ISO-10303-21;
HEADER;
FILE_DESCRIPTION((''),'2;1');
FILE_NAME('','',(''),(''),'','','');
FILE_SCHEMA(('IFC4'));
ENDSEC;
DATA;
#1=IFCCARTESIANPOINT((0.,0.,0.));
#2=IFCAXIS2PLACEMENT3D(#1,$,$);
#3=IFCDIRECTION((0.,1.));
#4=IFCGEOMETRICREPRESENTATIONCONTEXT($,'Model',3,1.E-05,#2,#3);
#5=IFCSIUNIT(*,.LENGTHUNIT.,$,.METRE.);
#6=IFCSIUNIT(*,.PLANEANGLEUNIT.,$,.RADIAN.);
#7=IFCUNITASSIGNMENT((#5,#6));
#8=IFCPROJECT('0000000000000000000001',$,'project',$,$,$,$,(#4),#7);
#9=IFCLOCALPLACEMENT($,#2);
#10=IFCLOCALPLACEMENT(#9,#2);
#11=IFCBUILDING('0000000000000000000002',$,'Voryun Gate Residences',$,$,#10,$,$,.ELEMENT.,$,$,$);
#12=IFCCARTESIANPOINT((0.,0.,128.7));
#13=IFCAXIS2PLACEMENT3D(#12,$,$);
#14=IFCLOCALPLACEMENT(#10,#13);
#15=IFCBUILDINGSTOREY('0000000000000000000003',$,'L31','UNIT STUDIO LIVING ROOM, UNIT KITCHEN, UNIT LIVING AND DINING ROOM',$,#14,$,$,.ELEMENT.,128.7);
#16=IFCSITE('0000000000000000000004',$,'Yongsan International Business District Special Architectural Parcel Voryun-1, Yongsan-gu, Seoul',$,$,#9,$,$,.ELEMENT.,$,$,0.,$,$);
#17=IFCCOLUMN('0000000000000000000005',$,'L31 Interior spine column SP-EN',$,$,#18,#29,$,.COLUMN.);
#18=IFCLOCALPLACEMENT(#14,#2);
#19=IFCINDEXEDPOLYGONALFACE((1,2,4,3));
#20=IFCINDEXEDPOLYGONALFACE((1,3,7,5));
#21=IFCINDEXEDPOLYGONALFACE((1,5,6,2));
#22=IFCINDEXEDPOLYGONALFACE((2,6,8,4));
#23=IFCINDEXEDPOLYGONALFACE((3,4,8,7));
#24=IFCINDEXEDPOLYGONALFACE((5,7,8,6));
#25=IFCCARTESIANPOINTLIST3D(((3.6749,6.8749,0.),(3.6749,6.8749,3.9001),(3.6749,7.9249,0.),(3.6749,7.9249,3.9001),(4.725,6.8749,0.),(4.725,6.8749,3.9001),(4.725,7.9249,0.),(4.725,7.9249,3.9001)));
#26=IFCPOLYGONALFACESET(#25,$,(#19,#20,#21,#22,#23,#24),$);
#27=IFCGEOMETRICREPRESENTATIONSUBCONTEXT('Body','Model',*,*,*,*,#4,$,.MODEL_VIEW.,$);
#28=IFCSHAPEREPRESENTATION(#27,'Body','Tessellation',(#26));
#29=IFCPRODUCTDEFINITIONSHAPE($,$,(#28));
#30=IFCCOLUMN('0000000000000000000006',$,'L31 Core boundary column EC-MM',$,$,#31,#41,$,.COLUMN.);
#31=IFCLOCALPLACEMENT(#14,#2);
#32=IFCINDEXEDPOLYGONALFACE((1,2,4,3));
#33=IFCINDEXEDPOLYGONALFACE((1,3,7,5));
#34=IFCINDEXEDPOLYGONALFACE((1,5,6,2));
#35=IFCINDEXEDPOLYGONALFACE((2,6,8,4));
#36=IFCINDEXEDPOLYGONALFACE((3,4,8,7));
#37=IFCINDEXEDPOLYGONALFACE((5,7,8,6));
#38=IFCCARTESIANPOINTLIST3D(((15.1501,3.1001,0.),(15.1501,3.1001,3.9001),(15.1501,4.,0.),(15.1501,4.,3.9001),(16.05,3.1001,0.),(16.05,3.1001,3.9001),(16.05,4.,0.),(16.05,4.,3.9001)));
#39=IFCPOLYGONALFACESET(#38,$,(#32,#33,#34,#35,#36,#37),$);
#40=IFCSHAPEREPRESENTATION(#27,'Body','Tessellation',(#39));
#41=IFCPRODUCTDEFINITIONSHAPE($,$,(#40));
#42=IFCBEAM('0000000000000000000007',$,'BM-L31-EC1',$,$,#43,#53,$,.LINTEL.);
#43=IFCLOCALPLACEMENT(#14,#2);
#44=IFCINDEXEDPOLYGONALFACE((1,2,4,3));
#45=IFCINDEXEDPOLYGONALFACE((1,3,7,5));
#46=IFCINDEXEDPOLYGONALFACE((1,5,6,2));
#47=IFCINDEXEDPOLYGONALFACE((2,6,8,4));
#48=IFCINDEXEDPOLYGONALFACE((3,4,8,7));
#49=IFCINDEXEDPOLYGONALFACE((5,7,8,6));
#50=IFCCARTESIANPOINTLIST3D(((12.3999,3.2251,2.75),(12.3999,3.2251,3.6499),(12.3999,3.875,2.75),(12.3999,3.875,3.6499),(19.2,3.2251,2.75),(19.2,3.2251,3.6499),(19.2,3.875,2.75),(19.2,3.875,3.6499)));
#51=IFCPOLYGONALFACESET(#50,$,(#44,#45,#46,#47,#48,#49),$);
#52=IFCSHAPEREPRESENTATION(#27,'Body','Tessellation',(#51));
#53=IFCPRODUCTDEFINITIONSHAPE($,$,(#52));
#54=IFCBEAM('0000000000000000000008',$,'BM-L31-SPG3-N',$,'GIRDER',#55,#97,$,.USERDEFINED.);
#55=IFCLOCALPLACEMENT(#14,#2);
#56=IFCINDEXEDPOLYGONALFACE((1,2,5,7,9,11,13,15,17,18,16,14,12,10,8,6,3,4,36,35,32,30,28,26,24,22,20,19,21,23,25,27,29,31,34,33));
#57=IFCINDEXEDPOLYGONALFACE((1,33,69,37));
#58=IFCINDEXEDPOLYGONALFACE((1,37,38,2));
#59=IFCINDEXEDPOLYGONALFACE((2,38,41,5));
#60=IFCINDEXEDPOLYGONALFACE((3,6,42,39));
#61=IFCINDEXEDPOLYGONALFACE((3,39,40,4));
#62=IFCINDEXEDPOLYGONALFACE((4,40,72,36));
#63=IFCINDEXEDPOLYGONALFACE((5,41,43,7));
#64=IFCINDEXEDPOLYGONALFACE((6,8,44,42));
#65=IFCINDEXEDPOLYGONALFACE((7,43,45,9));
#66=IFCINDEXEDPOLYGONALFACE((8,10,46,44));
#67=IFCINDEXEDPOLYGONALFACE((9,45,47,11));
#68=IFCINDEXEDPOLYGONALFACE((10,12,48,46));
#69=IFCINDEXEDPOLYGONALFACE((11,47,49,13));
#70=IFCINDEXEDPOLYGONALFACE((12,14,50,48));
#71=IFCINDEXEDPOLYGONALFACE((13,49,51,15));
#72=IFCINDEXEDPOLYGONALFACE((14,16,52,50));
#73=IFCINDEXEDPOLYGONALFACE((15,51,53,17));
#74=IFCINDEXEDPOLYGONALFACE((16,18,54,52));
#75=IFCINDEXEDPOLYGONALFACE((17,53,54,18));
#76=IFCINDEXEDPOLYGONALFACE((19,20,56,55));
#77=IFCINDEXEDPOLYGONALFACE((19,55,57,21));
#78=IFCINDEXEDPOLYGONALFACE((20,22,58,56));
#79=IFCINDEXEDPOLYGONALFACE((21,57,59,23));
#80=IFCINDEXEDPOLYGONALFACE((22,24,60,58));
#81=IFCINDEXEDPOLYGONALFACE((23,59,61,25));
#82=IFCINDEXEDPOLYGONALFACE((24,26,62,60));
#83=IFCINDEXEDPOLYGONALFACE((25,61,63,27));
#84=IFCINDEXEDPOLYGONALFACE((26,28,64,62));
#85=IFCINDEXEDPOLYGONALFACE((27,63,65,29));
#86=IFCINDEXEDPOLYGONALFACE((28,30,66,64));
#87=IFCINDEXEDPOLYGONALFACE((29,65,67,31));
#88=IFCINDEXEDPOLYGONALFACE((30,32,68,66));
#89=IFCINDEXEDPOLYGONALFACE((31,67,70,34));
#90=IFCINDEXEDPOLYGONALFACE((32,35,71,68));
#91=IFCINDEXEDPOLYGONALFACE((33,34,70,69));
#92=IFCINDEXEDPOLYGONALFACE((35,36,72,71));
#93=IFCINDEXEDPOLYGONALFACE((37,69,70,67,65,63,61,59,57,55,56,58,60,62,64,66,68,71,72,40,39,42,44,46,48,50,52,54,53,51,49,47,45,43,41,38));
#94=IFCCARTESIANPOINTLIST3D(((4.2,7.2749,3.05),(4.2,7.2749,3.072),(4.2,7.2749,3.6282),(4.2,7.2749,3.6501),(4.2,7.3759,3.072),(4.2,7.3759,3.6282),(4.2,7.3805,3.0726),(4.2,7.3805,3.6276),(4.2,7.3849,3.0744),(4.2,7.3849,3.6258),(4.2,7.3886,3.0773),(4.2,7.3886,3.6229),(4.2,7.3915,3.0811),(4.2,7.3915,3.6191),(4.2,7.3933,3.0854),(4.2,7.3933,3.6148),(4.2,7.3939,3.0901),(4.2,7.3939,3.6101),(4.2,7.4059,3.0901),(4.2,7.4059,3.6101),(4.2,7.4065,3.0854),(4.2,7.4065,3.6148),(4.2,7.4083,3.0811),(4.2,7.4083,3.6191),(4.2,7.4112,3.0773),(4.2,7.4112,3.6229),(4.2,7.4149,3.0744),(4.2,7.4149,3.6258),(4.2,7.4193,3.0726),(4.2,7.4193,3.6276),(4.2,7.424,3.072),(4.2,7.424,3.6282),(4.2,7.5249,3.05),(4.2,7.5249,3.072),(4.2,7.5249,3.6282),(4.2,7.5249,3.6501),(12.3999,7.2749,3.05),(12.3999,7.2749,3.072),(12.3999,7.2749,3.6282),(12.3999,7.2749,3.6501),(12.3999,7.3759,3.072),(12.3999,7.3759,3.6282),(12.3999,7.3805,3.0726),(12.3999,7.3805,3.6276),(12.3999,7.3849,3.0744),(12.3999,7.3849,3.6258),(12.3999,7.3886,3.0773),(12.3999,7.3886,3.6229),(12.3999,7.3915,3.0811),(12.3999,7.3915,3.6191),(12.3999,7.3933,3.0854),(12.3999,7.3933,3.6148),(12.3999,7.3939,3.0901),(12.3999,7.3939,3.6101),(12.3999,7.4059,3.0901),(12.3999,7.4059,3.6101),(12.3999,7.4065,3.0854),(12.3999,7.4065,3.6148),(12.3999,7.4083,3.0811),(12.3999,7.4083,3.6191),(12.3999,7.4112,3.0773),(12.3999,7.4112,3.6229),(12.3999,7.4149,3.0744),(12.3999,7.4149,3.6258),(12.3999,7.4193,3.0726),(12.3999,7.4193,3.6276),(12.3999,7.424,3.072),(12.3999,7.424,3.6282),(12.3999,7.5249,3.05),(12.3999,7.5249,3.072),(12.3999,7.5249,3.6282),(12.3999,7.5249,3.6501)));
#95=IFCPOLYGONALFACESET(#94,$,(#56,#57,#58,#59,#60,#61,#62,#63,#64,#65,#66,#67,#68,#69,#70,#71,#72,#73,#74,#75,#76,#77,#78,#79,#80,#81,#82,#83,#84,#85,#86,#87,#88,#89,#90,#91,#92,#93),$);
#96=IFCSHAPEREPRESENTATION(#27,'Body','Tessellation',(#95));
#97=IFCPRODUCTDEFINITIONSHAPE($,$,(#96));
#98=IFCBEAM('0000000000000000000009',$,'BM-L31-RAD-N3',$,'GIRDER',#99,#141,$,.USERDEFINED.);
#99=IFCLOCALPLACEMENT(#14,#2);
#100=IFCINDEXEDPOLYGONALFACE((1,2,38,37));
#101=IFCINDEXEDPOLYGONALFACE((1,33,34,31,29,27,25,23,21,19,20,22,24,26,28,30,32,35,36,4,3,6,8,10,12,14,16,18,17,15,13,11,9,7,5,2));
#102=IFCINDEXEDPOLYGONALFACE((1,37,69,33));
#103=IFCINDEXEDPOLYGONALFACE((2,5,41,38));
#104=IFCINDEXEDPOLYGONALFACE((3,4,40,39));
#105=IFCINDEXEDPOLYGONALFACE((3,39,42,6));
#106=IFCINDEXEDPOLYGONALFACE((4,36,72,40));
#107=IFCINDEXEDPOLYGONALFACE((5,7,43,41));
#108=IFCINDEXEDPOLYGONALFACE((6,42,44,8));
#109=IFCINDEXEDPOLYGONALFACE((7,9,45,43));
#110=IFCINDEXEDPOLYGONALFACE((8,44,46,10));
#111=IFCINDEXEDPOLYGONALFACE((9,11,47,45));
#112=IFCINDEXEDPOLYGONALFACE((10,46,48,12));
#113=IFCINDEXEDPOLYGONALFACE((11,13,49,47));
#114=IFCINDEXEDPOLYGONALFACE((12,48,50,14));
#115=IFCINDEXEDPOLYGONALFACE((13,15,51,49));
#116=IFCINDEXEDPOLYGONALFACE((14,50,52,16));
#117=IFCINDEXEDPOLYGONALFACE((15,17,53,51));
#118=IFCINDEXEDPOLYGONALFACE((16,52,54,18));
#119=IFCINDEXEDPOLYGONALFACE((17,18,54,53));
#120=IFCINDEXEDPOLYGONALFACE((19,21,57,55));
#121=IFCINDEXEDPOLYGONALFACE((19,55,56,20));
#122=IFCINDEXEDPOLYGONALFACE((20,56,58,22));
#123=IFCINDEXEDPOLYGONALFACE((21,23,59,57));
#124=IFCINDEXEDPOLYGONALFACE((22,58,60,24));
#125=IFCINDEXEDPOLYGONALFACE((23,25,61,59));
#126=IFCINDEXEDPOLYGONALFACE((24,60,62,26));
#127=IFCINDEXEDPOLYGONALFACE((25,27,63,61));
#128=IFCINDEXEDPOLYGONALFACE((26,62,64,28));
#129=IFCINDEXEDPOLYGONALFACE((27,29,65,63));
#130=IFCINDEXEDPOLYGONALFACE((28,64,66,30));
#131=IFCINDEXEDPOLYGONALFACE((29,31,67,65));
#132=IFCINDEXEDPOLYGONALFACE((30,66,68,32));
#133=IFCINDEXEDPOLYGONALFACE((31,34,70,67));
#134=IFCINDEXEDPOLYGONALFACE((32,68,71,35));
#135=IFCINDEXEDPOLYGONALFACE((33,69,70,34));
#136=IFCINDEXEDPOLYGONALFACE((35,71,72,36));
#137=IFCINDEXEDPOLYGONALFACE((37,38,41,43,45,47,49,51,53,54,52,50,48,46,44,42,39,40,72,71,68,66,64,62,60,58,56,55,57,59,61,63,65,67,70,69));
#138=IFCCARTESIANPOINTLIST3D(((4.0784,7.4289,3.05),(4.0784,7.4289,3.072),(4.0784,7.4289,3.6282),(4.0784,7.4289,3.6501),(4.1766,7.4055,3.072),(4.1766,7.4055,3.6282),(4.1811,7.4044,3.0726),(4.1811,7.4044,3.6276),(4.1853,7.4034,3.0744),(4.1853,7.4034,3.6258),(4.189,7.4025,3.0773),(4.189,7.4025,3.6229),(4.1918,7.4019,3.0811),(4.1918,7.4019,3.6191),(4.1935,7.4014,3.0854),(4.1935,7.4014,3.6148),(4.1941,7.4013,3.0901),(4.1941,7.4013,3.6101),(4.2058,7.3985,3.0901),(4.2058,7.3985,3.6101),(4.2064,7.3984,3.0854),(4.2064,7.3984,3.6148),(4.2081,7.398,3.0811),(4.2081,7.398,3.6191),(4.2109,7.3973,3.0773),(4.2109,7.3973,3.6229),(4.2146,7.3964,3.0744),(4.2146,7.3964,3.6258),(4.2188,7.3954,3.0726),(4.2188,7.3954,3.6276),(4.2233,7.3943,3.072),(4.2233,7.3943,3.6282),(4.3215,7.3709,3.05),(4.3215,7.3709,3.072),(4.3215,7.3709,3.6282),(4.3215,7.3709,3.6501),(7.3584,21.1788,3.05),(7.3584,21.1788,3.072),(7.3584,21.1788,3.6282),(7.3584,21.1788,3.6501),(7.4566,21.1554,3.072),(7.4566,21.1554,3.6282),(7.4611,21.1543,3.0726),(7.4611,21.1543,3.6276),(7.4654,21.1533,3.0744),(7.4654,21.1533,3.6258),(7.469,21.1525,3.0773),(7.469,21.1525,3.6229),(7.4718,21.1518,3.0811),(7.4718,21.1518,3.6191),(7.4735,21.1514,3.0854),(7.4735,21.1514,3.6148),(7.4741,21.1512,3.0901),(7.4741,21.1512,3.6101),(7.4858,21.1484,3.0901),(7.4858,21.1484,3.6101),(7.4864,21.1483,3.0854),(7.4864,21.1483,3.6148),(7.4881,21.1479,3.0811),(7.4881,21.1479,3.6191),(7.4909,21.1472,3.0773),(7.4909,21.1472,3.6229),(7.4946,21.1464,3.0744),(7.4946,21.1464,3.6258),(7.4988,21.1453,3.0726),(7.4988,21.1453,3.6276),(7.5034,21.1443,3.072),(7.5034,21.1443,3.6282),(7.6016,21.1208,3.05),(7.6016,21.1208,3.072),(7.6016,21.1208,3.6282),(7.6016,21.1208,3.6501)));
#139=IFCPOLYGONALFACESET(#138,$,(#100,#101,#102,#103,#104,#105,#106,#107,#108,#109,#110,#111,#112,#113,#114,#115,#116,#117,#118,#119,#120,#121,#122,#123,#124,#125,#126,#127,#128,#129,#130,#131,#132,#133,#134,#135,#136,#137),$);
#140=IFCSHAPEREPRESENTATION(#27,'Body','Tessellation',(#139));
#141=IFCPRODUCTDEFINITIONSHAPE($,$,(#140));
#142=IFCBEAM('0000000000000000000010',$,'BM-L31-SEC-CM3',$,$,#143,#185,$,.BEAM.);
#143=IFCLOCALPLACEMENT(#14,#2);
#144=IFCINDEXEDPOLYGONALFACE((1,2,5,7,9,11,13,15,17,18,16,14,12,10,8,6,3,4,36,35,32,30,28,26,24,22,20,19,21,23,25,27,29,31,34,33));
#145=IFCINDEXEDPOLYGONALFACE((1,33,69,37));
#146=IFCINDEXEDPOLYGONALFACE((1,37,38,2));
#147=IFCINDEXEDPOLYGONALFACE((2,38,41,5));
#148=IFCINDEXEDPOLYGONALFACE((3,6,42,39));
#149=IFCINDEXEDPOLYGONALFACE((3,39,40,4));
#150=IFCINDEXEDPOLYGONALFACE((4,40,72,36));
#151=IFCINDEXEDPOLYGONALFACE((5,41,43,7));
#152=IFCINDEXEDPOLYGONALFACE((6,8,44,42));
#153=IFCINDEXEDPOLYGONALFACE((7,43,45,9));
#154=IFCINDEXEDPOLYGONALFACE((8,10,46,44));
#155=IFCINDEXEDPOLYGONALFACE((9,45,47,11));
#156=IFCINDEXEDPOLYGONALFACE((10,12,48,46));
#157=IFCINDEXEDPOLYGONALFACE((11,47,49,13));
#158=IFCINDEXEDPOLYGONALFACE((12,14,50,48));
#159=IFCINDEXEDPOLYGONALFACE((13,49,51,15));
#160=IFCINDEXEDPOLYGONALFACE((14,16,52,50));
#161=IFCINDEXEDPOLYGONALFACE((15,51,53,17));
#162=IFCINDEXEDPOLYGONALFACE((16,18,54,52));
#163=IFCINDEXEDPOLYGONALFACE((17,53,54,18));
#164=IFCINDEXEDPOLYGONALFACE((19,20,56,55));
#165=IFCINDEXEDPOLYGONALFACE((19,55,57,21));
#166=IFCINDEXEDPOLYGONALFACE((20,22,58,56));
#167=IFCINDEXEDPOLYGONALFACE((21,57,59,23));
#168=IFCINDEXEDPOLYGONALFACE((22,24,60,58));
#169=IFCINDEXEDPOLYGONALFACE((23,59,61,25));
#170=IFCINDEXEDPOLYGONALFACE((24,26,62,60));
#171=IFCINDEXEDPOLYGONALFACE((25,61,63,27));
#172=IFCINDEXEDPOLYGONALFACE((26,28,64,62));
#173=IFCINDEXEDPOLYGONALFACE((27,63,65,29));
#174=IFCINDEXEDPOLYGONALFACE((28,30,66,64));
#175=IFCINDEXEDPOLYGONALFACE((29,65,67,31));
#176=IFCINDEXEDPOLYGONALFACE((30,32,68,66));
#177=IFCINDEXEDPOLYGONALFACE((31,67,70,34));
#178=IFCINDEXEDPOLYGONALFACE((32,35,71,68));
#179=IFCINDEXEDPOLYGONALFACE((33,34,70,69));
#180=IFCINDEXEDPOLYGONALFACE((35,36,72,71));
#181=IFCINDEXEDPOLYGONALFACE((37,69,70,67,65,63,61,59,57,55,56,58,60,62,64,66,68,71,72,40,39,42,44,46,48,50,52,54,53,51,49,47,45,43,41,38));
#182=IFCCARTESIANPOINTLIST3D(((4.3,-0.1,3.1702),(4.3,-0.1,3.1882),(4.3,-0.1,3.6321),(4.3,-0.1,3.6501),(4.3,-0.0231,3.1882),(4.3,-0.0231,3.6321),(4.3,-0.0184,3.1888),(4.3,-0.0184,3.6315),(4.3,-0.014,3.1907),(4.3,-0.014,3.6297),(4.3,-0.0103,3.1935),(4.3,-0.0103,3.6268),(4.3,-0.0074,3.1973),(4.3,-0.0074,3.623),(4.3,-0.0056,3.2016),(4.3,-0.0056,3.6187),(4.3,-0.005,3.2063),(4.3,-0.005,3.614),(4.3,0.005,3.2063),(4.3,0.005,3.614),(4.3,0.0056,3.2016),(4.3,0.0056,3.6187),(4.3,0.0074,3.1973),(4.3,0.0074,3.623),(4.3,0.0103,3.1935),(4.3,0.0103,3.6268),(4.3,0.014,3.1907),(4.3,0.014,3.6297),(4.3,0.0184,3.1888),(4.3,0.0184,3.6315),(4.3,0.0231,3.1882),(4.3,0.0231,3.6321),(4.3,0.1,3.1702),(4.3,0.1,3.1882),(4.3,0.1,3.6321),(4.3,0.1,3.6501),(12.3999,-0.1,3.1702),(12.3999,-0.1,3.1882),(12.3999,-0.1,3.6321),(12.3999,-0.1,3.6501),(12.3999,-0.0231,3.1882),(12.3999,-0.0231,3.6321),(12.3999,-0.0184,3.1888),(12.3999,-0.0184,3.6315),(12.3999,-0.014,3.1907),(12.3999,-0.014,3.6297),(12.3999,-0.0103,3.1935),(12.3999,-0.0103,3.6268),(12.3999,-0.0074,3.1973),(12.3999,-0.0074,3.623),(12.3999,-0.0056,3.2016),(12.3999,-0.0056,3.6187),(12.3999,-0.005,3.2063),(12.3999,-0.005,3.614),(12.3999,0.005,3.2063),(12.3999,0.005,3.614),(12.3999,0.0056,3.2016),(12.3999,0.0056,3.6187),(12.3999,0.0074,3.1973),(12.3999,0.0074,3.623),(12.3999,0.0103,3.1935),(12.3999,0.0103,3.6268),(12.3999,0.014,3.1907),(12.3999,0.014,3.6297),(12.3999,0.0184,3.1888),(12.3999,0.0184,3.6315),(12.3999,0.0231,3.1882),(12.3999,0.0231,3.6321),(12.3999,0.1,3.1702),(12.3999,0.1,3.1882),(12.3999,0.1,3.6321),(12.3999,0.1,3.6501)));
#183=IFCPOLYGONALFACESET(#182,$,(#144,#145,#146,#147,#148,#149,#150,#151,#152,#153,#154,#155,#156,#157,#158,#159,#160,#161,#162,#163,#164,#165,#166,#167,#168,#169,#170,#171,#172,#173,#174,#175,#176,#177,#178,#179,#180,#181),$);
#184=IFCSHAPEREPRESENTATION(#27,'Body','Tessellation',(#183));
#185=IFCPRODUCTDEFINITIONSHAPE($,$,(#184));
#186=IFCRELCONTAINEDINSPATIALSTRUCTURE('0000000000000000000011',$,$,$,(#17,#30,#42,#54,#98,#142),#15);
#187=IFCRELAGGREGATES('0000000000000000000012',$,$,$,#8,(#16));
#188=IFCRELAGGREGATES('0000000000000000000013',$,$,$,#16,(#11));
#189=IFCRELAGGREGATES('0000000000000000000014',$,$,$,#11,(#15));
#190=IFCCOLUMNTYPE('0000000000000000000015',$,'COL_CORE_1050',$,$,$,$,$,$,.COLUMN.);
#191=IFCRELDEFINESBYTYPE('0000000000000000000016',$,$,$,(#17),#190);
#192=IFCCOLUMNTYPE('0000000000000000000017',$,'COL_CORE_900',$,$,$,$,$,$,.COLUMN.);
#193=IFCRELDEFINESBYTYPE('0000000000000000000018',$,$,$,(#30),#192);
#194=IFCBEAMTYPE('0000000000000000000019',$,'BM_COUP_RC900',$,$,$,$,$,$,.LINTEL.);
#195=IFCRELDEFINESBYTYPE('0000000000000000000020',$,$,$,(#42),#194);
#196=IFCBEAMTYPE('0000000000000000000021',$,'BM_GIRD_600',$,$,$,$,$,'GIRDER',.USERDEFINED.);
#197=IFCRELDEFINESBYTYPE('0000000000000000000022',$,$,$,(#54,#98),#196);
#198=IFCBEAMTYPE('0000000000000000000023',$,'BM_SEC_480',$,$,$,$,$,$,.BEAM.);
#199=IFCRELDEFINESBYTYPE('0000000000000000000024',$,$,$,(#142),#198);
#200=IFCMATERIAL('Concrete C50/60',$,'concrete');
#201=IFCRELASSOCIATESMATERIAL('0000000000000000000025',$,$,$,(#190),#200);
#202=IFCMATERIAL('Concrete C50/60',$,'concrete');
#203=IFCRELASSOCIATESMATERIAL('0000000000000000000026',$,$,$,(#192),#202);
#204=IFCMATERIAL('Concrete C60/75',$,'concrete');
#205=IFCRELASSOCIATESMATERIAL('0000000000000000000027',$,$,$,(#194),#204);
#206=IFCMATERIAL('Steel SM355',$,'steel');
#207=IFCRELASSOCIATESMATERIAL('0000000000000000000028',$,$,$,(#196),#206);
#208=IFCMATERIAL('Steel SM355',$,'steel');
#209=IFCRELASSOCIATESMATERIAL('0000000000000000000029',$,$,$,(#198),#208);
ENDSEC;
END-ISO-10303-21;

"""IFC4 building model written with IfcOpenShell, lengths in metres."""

from ifc_helpers import new_model, si_unit, direction, frame, origin, origin_2d, place, context, subcontext, project, spatial, rectangle, i_section, extrude, material, material_profile, profile_set, type_object, element, save


model = new_model("IFC4")

# Units and contexts
model_context = context("Model", 3, precision=1e-05, world=origin(), true_north=direction((0.0, 1.0)))
body_context = subcontext(model_context, "Body", "Model", "MODEL_VIEW")
ifc_project = project(units=[si_unit("LENGTHUNIT", "METRE"), si_unit("PLANEANGLEUNIT", "RADIAN")], contexts=[model_context])

# Site, building, storey
site_placement = place(None, origin())
site = spatial("IfcSite", under=ifc_project, at=site_placement, Name="Yongsan International Business District Special Architectural Parcel Voryun-1, Yongsan-gu, Seoul", CompositionType="ELEMENT", RefElevation=0.0)
building_placement = place(site_placement, origin())
building = spatial("IfcBuilding", under=site, at=building_placement, Name="Voryun Gate Residences", CompositionType="ELEMENT")
storey_placement = place(building_placement, frame((0.0, 0.0, 128.7)))
storey = spatial("IfcBuildingStorey", under=building, at=storey_placement, Name="L31", Description="UNIT STUDIO LIVING ROOM, UNIT KITCHEN, UNIT LIVING AND DINING ROOM", CompositionType="ELEMENT", Elevation=128.7)

# Columns
ifc_material_1 = material(Name="Concrete C50/60", Category="concrete")
ifc_material_profile_1 = material_profile(ifc_material_1, rectangle(XDim=1.05, YDim=1.05, at=origin_2d()), Name="RC-1050x1050")
ifc_profile_set_1 = profile_set([ifc_material_profile_1], Name="Concrete C50/60")
column_type_1 = type_object("IfcColumnType", Name="COL_CORE_1050", PredefinedType="COLUMN", material=ifc_profile_set_1)
column_1_placement = place(storey_placement, frame((4.2, 7.3999, 0.0), z_axis=(0.0, 0.0, 1.0), x_axis=(1.0, 0.0, 0.0)))
element("IfcColumn", 1, at=column_1_placement, inside=storey, type_object=column_type_1, Name="L31 Interior spine column SP-EN", PredefinedType="COLUMN", context=body_context, shape_type="SweptSolid", body=[
    extrude(rectangle(XDim=1.05, YDim=1.05, at=origin_2d()), origin(), (0.0, 0.0, 1.0), 3.9001),
])
ifc_material_2 = material(Name="Concrete C50/60", Category="concrete")
ifc_material_profile_2 = material_profile(ifc_material_2, rectangle(XDim=0.8999, YDim=0.8999, at=origin_2d()), Name="RC-900x900")
ifc_profile_set_2 = profile_set([ifc_material_profile_2], Name="Concrete C50/60")
column_type_2 = type_object("IfcColumnType", Name="COL_CORE_900", PredefinedType="COLUMN", material=ifc_profile_set_2)
column_2_placement = place(storey_placement, frame((15.6001, 3.55, 0.0), z_axis=(0.0, 0.0, 1.0), x_axis=(1.0, 0.0, 0.0)))
element("IfcColumn", 2, at=column_2_placement, inside=storey, type_object=column_type_2, Name="L31 Core boundary column EC-MM", PredefinedType="COLUMN", context=body_context, shape_type="SweptSolid", body=[
    extrude(rectangle(XDim=0.8999, YDim=0.8999, at=origin_2d()), origin(), (0.0, 0.0, 1.0), 3.9001),
])

# Beams
ifc_material_3 = material(Name="Concrete C60/75", Category="concrete")
ifc_material_profile_3 = material_profile(ifc_material_3, rectangle(XDim=0.6499, YDim=0.8999, at=origin_2d()), Name="RC-650x900")
ifc_profile_set_3 = profile_set([ifc_material_profile_3], Name="Concrete C60/75")
beam_type_1 = type_object("IfcBeamType", Name="BM_COUP_RC900", PredefinedType="LINTEL", material=ifc_profile_set_3)
beam_1_placement = place(storey_placement, frame((12.3999, 3.55, 3.2), z_axis=(1.0, 0.0, 0.0), x_axis=(0.0, 1.0, 0.0)))
element("IfcBeam", 3, at=beam_1_placement, inside=storey, type_object=beam_type_1, Name="BM-L31-EC1", PredefinedType="LINTEL", context=body_context, shape_type="SweptSolid", body=[
    extrude(rectangle(XDim=0.6499, YDim=0.8999, at=origin_2d()), origin(), (0.0, 0.0, 1.0), 6.8),
])
ifc_material_4 = material(Name="Steel SM355", Category="steel")
ifc_material_profile_4 = material_profile(ifc_material_4, i_section(OverallWidth=0.25, OverallDepth=0.6001, WebThickness=0.012, FlangeThickness=0.022, FilletRadius=0.0181, at=origin_2d()), Name="H-600x250x12x22")
ifc_profile_set_4 = profile_set([ifc_material_profile_4], Name="Steel SM355")
beam_type_2 = type_object("IfcBeamType", Name="BM_GIRD_600", ElementType="GIRDER", PredefinedType="USERDEFINED", material=ifc_profile_set_4)
beam_2_placement = place(storey_placement, frame((4.2, 7.3999, 3.3501), z_axis=(1.0, 0.0, 0.0), x_axis=(0.0, 1.0, 0.0)))
element("IfcBeam", 4, at=beam_2_placement, inside=storey, type_object=beam_type_2, Name="BM-L31-SPG3-N", ObjectType="GIRDER", PredefinedType="USERDEFINED", context=body_context, shape_type="SweptSolid", body=[
    extrude(i_section(OverallWidth=0.25, OverallDepth=0.6001, WebThickness=0.012, FlangeThickness=0.022, FilletRadius=0.0181, at=origin_2d()), origin(), (0.0, 0.0, 1.0), 8.2),
])
beam_3_placement = place(storey_placement, frame((4.2, 7.3999, 3.3501), z_axis=(0.232037, 0.972707, 0.0), x_axis=(-0.972707, 0.232037, 0.0)))
element("IfcBeam", 5, at=beam_3_placement, inside=storey, type_object=beam_type_2, Name="BM-L31-RAD-N3", ObjectType="GIRDER", PredefinedType="USERDEFINED", context=body_context, shape_type="SweptSolid", body=[
    extrude(i_section(OverallWidth=0.25, OverallDepth=0.6001, WebThickness=0.012, FlangeThickness=0.022, FilletRadius=0.0181, at=origin_2d()), origin(), (0.0, 0.0, 1.0), 14.1357),
])
ifc_material_5 = material(Name="Steel SM355", Category="steel")
ifc_material_profile_5 = material_profile(ifc_material_5, i_section(OverallWidth=0.2, OverallDepth=0.48, WebThickness=0.01, FlangeThickness=0.0181, FilletRadius=0.0181, at=origin_2d()), Name="H-480x200x10x18")
ifc_profile_set_5 = profile_set([ifc_material_profile_5], Name="Steel SM355")
beam_type_3 = type_object("IfcBeamType", Name="BM_SEC_480", PredefinedType="BEAM", material=ifc_profile_set_5)
for number, where, z_axis, x_axis, name in (
    (6, (4.3, 0.0, 3.4102), (1.0, 0.0, 0.0), (0.0, 1.0, 0.0), "BM-L31-SEC-CM3"),
):
    element("IfcBeam", number, at=place(storey_placement, frame(where, z_axis=z_axis, x_axis=x_axis)), inside=storey, type_object=beam_type_3, Name=name, PredefinedType="BEAM", context=body_context, shape_type="SweptSolid", body=[
        extrude(i_section(OverallWidth=0.2, OverallDepth=0.48, WebThickness=0.01, FlangeThickness=0.0181, FilletRadius=0.0181, at=origin_2d()), origin(), (0.0, 0.0, 1.0), 8.0999),
    ])

save(model, "model.ifc")
